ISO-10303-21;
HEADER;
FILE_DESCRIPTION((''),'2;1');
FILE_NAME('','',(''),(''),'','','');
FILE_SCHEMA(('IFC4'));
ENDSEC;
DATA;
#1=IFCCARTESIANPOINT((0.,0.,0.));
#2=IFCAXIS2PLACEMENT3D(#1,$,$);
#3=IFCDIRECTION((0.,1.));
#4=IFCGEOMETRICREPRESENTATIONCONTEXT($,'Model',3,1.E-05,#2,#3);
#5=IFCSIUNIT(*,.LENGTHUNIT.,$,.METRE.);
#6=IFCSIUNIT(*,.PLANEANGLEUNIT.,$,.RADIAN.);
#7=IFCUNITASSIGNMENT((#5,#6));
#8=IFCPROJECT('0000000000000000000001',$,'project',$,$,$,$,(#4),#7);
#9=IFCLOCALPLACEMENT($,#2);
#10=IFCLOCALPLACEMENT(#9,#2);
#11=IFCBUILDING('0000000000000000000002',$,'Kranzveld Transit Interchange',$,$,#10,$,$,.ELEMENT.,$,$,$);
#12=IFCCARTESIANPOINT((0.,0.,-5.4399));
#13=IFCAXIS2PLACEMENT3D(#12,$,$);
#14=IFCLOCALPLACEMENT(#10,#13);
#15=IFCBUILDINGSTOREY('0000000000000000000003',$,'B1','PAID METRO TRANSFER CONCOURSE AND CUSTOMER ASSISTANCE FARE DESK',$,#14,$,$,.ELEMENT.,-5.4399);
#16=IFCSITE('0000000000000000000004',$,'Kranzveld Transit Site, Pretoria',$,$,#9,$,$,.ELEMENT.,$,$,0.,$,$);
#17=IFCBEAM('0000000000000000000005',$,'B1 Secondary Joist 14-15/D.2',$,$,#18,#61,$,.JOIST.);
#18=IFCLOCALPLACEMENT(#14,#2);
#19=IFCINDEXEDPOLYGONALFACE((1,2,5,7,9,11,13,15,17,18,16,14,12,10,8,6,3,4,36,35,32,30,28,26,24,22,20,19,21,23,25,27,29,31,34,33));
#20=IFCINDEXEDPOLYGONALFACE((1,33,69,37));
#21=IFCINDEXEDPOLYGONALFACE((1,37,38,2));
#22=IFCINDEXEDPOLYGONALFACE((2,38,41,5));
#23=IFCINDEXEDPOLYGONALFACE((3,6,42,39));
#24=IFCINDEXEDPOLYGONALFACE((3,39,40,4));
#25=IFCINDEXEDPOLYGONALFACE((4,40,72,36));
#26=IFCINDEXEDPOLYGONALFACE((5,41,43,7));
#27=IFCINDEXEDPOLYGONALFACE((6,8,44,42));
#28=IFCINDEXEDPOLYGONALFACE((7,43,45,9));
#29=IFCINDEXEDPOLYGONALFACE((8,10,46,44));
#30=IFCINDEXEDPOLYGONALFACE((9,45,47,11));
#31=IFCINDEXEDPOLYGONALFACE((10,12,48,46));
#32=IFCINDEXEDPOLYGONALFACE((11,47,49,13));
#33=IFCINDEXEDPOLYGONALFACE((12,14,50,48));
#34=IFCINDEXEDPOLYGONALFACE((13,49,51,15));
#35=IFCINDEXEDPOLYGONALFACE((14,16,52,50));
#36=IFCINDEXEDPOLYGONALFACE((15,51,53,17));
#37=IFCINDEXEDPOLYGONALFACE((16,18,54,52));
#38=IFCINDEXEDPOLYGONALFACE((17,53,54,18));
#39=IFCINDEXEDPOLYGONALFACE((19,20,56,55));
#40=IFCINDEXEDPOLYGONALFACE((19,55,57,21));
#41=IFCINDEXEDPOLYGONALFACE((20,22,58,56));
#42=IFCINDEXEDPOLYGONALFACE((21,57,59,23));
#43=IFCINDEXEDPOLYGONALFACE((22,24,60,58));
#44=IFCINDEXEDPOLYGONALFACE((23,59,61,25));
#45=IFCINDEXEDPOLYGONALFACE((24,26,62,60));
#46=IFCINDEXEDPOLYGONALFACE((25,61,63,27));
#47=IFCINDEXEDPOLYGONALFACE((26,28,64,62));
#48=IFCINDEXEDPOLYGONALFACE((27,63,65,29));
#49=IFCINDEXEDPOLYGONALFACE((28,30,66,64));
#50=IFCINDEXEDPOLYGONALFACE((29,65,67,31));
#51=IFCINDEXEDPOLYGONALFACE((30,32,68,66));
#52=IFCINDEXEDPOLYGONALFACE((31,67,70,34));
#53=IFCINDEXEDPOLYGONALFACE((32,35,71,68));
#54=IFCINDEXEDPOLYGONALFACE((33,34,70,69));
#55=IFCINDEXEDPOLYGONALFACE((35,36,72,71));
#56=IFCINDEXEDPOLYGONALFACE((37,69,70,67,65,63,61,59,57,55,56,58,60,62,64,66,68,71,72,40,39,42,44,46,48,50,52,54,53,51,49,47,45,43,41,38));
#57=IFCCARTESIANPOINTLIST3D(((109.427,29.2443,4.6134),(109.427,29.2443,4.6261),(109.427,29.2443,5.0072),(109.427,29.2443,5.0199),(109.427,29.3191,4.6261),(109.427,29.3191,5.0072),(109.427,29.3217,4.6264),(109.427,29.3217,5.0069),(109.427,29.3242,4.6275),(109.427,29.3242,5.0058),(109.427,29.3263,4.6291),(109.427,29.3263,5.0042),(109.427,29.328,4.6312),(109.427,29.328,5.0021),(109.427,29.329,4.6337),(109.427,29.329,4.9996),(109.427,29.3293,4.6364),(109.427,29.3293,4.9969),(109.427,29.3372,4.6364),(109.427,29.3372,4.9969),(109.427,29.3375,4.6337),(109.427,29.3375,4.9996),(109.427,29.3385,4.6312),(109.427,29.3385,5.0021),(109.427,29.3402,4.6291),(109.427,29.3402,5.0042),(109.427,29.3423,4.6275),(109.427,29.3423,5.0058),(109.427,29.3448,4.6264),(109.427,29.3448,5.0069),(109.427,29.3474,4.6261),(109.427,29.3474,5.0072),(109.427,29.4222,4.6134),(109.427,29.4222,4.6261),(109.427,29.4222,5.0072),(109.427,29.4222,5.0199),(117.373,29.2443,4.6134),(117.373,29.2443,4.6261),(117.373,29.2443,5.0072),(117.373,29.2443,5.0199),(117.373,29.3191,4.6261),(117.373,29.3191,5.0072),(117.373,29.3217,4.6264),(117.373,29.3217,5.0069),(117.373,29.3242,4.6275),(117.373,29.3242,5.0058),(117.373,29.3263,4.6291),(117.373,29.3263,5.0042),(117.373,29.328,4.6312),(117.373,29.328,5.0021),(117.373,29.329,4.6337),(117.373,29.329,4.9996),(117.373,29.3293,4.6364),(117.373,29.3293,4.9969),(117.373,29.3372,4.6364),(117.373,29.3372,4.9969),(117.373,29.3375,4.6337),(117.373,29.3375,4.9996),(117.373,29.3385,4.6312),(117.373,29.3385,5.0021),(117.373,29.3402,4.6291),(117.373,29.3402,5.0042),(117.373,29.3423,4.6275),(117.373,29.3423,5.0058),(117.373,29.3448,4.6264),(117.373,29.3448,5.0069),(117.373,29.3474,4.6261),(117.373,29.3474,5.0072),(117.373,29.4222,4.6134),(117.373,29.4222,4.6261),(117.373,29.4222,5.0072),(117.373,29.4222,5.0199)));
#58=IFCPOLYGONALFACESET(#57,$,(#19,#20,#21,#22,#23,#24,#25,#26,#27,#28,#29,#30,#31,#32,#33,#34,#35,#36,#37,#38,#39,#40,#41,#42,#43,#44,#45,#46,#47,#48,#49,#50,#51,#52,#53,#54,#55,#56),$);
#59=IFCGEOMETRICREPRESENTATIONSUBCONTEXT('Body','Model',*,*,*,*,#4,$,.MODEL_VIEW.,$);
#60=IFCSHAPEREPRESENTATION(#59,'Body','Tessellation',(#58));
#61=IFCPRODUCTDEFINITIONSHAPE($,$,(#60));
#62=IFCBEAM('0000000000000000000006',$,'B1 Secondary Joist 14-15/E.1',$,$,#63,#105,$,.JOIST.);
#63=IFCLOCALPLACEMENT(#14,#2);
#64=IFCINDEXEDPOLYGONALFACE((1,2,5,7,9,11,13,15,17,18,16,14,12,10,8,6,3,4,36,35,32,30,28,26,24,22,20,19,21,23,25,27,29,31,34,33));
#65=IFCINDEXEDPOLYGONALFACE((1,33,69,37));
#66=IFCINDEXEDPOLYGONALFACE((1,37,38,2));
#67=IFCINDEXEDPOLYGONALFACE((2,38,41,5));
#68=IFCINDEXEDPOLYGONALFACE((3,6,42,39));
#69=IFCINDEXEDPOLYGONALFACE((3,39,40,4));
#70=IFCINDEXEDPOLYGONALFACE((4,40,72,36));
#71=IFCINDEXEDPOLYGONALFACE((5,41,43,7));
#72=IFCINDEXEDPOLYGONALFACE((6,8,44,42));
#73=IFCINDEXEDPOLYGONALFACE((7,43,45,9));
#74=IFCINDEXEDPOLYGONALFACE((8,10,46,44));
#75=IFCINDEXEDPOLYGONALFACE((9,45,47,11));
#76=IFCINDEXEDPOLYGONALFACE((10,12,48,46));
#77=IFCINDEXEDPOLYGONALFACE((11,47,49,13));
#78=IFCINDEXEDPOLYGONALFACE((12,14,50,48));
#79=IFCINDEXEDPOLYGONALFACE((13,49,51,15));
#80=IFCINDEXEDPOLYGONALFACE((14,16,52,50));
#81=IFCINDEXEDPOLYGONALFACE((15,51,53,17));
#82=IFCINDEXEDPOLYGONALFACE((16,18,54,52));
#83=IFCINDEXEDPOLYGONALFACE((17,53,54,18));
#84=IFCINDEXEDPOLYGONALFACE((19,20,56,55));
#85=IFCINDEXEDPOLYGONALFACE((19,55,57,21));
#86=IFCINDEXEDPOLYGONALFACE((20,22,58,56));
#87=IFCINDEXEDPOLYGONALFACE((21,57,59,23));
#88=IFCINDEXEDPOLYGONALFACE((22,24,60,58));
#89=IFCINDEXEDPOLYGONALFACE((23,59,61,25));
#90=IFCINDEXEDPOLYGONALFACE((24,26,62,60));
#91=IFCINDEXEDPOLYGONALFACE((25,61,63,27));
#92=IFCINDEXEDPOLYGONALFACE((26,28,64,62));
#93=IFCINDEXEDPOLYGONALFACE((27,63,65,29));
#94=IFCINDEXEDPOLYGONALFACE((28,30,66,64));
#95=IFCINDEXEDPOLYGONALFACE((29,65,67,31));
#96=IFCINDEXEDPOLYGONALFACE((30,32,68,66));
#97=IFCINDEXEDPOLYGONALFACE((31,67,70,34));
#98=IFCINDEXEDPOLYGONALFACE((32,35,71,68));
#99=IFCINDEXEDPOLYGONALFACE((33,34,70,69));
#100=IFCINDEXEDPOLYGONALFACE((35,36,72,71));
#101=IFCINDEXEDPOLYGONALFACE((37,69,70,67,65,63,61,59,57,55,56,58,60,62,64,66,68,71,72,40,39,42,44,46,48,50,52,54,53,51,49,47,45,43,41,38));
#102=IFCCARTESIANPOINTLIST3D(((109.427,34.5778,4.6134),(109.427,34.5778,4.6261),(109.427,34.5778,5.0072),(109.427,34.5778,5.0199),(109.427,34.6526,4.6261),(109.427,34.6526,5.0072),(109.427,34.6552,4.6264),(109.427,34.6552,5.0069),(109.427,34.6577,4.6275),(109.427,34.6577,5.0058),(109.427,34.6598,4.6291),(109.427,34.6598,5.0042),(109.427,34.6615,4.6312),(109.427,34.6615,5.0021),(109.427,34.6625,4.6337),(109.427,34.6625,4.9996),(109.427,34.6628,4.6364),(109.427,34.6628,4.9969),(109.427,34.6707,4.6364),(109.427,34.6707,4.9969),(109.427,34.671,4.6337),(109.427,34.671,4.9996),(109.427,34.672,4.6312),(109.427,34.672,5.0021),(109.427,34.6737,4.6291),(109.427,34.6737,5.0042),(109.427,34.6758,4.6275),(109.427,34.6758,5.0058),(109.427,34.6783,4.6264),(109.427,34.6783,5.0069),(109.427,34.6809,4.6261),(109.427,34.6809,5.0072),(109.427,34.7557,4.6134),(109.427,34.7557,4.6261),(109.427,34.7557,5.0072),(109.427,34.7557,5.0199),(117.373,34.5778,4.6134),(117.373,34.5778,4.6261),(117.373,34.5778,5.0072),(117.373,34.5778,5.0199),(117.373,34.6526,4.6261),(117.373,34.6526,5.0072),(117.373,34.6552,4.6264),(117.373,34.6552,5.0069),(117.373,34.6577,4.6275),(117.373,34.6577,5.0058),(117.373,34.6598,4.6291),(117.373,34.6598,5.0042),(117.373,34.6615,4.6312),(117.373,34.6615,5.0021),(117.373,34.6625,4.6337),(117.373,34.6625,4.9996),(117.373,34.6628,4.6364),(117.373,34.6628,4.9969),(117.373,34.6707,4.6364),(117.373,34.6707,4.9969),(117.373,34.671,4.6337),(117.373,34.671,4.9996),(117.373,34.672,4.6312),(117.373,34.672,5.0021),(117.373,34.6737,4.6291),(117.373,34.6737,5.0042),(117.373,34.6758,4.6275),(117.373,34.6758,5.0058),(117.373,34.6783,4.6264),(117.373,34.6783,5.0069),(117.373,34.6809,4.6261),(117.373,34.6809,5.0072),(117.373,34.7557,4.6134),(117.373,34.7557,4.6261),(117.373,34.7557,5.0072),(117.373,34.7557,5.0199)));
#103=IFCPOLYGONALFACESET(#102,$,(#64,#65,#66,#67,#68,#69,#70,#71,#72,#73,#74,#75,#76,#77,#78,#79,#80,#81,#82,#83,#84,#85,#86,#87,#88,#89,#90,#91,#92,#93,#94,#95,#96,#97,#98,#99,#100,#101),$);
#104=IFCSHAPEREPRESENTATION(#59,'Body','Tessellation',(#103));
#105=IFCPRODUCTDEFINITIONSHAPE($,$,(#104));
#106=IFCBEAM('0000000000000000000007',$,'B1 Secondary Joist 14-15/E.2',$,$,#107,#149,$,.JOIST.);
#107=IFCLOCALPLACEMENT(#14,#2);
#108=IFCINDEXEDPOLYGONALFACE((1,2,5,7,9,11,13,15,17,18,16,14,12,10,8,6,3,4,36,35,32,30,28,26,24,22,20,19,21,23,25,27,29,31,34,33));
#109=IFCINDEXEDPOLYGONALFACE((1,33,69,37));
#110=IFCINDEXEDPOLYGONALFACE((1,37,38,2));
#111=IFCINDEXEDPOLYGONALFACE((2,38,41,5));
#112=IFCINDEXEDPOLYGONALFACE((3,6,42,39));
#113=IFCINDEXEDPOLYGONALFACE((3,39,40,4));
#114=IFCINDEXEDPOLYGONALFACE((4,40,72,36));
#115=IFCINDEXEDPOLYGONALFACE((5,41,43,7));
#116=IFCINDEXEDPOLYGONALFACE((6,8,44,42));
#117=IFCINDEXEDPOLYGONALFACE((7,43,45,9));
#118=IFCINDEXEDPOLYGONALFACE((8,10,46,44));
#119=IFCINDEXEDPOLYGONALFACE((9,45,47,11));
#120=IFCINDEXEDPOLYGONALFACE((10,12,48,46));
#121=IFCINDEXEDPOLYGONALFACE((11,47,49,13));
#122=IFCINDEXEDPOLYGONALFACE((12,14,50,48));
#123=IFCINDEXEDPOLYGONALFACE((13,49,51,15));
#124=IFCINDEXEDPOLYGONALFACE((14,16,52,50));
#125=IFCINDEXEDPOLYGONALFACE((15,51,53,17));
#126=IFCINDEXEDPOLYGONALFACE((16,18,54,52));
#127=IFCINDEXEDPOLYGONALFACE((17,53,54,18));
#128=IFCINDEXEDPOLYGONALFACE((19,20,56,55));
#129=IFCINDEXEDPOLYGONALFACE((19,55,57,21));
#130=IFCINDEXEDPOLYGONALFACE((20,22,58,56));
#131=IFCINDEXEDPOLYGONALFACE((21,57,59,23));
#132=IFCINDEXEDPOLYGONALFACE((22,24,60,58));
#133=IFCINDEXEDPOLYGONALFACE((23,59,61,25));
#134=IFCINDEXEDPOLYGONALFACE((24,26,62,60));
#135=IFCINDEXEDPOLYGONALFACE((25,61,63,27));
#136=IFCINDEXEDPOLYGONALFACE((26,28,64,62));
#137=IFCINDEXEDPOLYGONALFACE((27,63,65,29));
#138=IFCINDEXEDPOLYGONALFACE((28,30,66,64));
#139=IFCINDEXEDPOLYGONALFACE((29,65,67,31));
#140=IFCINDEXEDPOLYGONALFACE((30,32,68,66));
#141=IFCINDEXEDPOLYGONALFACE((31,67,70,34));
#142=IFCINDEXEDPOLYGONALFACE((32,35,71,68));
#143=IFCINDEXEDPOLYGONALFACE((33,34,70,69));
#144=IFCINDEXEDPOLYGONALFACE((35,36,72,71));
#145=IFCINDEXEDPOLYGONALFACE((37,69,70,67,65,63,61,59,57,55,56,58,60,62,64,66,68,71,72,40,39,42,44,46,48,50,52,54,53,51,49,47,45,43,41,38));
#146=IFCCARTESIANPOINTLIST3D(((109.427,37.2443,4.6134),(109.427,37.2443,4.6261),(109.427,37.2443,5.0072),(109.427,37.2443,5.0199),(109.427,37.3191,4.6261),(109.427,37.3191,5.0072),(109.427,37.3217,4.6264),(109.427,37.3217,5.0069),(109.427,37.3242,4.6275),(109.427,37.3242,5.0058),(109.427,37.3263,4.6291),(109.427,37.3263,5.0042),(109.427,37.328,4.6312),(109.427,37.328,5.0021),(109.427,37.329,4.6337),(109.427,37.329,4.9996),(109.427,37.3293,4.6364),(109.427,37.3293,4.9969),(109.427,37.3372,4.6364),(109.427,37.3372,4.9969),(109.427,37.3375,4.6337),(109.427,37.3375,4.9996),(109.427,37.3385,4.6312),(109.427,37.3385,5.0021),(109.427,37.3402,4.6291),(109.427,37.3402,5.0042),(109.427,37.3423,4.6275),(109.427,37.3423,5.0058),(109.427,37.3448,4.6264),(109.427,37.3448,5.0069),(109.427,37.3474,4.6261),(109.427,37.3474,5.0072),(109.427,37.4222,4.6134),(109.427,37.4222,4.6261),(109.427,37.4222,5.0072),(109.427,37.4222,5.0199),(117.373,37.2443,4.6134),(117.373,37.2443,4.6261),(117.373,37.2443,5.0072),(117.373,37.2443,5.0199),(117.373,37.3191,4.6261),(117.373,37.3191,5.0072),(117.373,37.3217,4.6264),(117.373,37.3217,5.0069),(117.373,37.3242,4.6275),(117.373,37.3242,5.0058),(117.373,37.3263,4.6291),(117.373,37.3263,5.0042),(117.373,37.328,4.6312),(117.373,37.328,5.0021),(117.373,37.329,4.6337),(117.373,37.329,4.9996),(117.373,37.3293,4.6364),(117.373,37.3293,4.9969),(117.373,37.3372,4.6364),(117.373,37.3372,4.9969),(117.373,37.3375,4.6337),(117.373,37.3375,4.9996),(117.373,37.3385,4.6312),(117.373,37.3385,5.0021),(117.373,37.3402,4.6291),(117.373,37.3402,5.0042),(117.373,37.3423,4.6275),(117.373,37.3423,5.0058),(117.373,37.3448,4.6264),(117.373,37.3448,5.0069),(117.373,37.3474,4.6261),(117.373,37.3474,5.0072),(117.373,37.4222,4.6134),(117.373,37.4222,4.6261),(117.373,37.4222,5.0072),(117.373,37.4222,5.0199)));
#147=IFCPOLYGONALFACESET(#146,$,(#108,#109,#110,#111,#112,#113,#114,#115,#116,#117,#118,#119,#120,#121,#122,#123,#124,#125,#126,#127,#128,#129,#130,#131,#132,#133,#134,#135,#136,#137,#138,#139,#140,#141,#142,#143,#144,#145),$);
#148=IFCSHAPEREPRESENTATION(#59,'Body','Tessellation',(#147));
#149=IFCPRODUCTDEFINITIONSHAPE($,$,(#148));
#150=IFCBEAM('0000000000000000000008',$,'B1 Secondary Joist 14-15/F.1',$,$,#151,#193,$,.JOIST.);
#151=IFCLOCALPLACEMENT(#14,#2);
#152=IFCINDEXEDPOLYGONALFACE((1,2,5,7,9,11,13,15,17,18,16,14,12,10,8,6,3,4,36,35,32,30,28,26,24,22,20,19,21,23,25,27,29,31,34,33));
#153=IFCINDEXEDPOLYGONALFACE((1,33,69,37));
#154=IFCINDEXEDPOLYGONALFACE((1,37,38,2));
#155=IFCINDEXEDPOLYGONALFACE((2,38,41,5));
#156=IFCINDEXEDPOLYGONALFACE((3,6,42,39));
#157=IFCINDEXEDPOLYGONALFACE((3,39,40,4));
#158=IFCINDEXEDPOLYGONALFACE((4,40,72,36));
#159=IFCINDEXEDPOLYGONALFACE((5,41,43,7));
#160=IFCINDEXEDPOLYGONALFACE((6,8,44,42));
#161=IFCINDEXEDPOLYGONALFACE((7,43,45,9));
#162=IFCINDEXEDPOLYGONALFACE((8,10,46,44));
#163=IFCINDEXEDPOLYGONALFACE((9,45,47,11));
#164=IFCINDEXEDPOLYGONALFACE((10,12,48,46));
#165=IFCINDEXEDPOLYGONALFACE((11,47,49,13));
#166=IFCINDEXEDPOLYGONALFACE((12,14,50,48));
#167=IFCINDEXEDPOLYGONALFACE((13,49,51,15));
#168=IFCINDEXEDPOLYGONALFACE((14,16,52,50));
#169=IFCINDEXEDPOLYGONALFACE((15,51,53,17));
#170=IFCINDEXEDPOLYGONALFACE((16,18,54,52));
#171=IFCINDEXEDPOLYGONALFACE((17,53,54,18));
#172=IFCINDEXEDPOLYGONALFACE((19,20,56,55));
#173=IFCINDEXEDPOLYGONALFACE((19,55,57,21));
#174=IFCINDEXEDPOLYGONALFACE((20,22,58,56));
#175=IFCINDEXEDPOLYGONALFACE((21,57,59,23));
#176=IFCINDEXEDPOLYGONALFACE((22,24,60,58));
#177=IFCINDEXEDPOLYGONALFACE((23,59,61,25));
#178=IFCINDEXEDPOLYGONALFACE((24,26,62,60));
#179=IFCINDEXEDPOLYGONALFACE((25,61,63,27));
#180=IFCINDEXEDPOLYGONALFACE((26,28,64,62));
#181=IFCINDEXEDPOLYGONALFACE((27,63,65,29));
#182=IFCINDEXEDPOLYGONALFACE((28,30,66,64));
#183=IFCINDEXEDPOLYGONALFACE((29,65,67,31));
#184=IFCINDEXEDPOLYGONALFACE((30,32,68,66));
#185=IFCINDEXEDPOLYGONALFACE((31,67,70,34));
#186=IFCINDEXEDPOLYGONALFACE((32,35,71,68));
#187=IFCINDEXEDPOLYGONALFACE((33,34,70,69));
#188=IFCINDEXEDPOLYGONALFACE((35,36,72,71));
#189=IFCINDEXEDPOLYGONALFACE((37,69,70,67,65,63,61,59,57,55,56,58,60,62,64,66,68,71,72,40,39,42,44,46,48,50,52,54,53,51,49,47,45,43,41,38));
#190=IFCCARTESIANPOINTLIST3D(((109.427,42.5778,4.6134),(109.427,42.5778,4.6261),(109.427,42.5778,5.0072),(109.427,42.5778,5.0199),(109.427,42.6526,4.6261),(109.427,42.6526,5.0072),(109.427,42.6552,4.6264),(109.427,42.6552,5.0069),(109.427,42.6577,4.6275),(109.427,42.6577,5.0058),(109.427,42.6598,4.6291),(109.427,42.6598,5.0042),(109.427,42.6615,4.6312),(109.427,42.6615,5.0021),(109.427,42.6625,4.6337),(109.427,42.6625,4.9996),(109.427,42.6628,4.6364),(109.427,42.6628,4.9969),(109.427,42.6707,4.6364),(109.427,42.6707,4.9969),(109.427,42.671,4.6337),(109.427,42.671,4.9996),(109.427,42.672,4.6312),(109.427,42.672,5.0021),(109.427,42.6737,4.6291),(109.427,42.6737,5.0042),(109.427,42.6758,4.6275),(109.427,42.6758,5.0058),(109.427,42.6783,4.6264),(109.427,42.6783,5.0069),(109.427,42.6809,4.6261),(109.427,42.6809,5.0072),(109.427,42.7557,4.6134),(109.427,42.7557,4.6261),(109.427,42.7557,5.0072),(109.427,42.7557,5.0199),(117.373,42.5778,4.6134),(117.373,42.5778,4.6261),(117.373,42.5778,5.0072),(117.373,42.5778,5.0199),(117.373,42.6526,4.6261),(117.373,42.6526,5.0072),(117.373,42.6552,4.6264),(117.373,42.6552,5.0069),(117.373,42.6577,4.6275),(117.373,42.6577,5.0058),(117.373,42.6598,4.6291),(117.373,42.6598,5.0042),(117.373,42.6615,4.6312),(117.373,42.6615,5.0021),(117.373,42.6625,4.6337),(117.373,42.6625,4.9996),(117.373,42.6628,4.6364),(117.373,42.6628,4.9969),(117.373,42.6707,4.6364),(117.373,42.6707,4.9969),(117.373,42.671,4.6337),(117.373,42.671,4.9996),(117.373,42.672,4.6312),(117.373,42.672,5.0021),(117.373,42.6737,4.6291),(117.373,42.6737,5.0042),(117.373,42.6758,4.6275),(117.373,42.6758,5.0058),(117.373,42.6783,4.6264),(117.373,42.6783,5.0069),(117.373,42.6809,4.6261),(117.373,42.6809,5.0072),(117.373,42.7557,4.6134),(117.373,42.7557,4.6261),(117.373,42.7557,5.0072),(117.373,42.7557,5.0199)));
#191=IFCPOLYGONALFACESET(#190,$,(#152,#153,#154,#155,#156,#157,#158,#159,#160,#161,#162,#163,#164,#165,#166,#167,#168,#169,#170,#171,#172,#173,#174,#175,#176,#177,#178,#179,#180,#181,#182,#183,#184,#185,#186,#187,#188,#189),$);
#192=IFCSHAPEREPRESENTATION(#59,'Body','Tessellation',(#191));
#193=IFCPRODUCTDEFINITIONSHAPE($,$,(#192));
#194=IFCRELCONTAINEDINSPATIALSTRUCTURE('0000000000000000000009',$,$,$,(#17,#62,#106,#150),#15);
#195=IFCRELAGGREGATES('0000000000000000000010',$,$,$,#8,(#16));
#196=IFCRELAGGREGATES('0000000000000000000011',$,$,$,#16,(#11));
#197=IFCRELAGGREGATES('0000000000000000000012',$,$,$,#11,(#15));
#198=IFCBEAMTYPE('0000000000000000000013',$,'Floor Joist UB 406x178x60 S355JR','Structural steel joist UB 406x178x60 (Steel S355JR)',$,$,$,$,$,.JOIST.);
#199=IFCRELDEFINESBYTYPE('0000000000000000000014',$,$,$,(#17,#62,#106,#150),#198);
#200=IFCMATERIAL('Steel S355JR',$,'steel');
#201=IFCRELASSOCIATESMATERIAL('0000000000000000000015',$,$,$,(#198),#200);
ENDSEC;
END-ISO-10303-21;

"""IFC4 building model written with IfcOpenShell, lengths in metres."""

from ifc_helpers import new_model, si_unit, direction, frame, origin, origin_2d, place, context, subcontext, project, spatial, i_section, extrude, material, material_profile, profile_set, type_object, element, save


model = new_model("IFC4")

# Units and contexts
model_context = context("Model", 3, precision=1e-05, world=origin(), true_north=direction((0.0, 1.0)))
body_context = subcontext(model_context, "Body", "Model", "MODEL_VIEW")
ifc_project = project(units=[si_unit("LENGTHUNIT", "METRE"), si_unit("PLANEANGLEUNIT", "RADIAN")], contexts=[model_context])

# Site, building, storey
site_placement = place(None, origin())
site = spatial("IfcSite", under=ifc_project, at=site_placement, Name="Kranzveld Transit Site, Pretoria", CompositionType="ELEMENT", RefElevation=0.0)
building_placement = place(site_placement, origin())
building = spatial("IfcBuilding", under=site, at=building_placement, Name="Kranzveld Transit Interchange", CompositionType="ELEMENT")
storey_placement = place(building_placement, frame((0.0, 0.0, -5.4399)))
storey = spatial("IfcBuildingStorey", under=building, at=storey_placement, Name="B1", Description="PAID METRO TRANSFER CONCOURSE AND CUSTOMER ASSISTANCE FARE DESK", CompositionType="ELEMENT", Elevation=-5.4399)

# Beams
ifc_material_1 = material(Name="Steel S355JR", Category="steel")
ifc_material_profile_1 = material_profile(ifc_material_1, i_section(OverallWidth=0.178, OverallDepth=0.4065, WebThickness=0.0078, FlangeThickness=0.0127, FilletRadius=0.0103, at=origin_2d()), Name="UB 406x178x60")
ifc_profile_set_1 = profile_set([ifc_material_profile_1], Name="Steel S355JR")
beam_type_1 = type_object("IfcBeamType", Name="Floor Joist UB 406x178x60 S355JR", Description="Structural steel joist UB 406x178x60 (Steel S355JR)", PredefinedType="JOIST", material=ifc_profile_set_1)
for number, where, z_axis, x_axis, name in (
    (1, (109.427, 29.3333, 4.8167), (1.0, 0.0, 0.0), (0.0, 1.0, 0.0), "B1 Secondary Joist 14-15/D.2"),
    (2, (109.427, 34.6667, 4.8167), (1.0, 0.0, 0.0), (0.0, 1.0, 0.0), "B1 Secondary Joist 14-15/E.1"),
    (3, (109.427, 37.3333, 4.8167), (1.0, 0.0, 0.0), (0.0, 1.0, 0.0), "B1 Secondary Joist 14-15/E.2"),
    (4, (109.427, 42.6667, 4.8167), (1.0, 0.0, 0.0), (0.0, 1.0, 0.0), "B1 Secondary Joist 14-15/F.1"),
):
    element("IfcBeam", number, at=place(storey_placement, frame(where, z_axis=z_axis, x_axis=x_axis)), inside=storey, type_object=beam_type_1, Name=name, PredefinedType="JOIST", context=body_context, shape_type="SweptSolid", body=[
        extrude(i_section(OverallWidth=0.178, OverallDepth=0.4065, WebThickness=0.0078, FlangeThickness=0.0127, FilletRadius=0.0103, at=origin_2d()), origin(), (0.0, 0.0, 1.0), 7.946),
    ])

save(model, "model.ifc")
